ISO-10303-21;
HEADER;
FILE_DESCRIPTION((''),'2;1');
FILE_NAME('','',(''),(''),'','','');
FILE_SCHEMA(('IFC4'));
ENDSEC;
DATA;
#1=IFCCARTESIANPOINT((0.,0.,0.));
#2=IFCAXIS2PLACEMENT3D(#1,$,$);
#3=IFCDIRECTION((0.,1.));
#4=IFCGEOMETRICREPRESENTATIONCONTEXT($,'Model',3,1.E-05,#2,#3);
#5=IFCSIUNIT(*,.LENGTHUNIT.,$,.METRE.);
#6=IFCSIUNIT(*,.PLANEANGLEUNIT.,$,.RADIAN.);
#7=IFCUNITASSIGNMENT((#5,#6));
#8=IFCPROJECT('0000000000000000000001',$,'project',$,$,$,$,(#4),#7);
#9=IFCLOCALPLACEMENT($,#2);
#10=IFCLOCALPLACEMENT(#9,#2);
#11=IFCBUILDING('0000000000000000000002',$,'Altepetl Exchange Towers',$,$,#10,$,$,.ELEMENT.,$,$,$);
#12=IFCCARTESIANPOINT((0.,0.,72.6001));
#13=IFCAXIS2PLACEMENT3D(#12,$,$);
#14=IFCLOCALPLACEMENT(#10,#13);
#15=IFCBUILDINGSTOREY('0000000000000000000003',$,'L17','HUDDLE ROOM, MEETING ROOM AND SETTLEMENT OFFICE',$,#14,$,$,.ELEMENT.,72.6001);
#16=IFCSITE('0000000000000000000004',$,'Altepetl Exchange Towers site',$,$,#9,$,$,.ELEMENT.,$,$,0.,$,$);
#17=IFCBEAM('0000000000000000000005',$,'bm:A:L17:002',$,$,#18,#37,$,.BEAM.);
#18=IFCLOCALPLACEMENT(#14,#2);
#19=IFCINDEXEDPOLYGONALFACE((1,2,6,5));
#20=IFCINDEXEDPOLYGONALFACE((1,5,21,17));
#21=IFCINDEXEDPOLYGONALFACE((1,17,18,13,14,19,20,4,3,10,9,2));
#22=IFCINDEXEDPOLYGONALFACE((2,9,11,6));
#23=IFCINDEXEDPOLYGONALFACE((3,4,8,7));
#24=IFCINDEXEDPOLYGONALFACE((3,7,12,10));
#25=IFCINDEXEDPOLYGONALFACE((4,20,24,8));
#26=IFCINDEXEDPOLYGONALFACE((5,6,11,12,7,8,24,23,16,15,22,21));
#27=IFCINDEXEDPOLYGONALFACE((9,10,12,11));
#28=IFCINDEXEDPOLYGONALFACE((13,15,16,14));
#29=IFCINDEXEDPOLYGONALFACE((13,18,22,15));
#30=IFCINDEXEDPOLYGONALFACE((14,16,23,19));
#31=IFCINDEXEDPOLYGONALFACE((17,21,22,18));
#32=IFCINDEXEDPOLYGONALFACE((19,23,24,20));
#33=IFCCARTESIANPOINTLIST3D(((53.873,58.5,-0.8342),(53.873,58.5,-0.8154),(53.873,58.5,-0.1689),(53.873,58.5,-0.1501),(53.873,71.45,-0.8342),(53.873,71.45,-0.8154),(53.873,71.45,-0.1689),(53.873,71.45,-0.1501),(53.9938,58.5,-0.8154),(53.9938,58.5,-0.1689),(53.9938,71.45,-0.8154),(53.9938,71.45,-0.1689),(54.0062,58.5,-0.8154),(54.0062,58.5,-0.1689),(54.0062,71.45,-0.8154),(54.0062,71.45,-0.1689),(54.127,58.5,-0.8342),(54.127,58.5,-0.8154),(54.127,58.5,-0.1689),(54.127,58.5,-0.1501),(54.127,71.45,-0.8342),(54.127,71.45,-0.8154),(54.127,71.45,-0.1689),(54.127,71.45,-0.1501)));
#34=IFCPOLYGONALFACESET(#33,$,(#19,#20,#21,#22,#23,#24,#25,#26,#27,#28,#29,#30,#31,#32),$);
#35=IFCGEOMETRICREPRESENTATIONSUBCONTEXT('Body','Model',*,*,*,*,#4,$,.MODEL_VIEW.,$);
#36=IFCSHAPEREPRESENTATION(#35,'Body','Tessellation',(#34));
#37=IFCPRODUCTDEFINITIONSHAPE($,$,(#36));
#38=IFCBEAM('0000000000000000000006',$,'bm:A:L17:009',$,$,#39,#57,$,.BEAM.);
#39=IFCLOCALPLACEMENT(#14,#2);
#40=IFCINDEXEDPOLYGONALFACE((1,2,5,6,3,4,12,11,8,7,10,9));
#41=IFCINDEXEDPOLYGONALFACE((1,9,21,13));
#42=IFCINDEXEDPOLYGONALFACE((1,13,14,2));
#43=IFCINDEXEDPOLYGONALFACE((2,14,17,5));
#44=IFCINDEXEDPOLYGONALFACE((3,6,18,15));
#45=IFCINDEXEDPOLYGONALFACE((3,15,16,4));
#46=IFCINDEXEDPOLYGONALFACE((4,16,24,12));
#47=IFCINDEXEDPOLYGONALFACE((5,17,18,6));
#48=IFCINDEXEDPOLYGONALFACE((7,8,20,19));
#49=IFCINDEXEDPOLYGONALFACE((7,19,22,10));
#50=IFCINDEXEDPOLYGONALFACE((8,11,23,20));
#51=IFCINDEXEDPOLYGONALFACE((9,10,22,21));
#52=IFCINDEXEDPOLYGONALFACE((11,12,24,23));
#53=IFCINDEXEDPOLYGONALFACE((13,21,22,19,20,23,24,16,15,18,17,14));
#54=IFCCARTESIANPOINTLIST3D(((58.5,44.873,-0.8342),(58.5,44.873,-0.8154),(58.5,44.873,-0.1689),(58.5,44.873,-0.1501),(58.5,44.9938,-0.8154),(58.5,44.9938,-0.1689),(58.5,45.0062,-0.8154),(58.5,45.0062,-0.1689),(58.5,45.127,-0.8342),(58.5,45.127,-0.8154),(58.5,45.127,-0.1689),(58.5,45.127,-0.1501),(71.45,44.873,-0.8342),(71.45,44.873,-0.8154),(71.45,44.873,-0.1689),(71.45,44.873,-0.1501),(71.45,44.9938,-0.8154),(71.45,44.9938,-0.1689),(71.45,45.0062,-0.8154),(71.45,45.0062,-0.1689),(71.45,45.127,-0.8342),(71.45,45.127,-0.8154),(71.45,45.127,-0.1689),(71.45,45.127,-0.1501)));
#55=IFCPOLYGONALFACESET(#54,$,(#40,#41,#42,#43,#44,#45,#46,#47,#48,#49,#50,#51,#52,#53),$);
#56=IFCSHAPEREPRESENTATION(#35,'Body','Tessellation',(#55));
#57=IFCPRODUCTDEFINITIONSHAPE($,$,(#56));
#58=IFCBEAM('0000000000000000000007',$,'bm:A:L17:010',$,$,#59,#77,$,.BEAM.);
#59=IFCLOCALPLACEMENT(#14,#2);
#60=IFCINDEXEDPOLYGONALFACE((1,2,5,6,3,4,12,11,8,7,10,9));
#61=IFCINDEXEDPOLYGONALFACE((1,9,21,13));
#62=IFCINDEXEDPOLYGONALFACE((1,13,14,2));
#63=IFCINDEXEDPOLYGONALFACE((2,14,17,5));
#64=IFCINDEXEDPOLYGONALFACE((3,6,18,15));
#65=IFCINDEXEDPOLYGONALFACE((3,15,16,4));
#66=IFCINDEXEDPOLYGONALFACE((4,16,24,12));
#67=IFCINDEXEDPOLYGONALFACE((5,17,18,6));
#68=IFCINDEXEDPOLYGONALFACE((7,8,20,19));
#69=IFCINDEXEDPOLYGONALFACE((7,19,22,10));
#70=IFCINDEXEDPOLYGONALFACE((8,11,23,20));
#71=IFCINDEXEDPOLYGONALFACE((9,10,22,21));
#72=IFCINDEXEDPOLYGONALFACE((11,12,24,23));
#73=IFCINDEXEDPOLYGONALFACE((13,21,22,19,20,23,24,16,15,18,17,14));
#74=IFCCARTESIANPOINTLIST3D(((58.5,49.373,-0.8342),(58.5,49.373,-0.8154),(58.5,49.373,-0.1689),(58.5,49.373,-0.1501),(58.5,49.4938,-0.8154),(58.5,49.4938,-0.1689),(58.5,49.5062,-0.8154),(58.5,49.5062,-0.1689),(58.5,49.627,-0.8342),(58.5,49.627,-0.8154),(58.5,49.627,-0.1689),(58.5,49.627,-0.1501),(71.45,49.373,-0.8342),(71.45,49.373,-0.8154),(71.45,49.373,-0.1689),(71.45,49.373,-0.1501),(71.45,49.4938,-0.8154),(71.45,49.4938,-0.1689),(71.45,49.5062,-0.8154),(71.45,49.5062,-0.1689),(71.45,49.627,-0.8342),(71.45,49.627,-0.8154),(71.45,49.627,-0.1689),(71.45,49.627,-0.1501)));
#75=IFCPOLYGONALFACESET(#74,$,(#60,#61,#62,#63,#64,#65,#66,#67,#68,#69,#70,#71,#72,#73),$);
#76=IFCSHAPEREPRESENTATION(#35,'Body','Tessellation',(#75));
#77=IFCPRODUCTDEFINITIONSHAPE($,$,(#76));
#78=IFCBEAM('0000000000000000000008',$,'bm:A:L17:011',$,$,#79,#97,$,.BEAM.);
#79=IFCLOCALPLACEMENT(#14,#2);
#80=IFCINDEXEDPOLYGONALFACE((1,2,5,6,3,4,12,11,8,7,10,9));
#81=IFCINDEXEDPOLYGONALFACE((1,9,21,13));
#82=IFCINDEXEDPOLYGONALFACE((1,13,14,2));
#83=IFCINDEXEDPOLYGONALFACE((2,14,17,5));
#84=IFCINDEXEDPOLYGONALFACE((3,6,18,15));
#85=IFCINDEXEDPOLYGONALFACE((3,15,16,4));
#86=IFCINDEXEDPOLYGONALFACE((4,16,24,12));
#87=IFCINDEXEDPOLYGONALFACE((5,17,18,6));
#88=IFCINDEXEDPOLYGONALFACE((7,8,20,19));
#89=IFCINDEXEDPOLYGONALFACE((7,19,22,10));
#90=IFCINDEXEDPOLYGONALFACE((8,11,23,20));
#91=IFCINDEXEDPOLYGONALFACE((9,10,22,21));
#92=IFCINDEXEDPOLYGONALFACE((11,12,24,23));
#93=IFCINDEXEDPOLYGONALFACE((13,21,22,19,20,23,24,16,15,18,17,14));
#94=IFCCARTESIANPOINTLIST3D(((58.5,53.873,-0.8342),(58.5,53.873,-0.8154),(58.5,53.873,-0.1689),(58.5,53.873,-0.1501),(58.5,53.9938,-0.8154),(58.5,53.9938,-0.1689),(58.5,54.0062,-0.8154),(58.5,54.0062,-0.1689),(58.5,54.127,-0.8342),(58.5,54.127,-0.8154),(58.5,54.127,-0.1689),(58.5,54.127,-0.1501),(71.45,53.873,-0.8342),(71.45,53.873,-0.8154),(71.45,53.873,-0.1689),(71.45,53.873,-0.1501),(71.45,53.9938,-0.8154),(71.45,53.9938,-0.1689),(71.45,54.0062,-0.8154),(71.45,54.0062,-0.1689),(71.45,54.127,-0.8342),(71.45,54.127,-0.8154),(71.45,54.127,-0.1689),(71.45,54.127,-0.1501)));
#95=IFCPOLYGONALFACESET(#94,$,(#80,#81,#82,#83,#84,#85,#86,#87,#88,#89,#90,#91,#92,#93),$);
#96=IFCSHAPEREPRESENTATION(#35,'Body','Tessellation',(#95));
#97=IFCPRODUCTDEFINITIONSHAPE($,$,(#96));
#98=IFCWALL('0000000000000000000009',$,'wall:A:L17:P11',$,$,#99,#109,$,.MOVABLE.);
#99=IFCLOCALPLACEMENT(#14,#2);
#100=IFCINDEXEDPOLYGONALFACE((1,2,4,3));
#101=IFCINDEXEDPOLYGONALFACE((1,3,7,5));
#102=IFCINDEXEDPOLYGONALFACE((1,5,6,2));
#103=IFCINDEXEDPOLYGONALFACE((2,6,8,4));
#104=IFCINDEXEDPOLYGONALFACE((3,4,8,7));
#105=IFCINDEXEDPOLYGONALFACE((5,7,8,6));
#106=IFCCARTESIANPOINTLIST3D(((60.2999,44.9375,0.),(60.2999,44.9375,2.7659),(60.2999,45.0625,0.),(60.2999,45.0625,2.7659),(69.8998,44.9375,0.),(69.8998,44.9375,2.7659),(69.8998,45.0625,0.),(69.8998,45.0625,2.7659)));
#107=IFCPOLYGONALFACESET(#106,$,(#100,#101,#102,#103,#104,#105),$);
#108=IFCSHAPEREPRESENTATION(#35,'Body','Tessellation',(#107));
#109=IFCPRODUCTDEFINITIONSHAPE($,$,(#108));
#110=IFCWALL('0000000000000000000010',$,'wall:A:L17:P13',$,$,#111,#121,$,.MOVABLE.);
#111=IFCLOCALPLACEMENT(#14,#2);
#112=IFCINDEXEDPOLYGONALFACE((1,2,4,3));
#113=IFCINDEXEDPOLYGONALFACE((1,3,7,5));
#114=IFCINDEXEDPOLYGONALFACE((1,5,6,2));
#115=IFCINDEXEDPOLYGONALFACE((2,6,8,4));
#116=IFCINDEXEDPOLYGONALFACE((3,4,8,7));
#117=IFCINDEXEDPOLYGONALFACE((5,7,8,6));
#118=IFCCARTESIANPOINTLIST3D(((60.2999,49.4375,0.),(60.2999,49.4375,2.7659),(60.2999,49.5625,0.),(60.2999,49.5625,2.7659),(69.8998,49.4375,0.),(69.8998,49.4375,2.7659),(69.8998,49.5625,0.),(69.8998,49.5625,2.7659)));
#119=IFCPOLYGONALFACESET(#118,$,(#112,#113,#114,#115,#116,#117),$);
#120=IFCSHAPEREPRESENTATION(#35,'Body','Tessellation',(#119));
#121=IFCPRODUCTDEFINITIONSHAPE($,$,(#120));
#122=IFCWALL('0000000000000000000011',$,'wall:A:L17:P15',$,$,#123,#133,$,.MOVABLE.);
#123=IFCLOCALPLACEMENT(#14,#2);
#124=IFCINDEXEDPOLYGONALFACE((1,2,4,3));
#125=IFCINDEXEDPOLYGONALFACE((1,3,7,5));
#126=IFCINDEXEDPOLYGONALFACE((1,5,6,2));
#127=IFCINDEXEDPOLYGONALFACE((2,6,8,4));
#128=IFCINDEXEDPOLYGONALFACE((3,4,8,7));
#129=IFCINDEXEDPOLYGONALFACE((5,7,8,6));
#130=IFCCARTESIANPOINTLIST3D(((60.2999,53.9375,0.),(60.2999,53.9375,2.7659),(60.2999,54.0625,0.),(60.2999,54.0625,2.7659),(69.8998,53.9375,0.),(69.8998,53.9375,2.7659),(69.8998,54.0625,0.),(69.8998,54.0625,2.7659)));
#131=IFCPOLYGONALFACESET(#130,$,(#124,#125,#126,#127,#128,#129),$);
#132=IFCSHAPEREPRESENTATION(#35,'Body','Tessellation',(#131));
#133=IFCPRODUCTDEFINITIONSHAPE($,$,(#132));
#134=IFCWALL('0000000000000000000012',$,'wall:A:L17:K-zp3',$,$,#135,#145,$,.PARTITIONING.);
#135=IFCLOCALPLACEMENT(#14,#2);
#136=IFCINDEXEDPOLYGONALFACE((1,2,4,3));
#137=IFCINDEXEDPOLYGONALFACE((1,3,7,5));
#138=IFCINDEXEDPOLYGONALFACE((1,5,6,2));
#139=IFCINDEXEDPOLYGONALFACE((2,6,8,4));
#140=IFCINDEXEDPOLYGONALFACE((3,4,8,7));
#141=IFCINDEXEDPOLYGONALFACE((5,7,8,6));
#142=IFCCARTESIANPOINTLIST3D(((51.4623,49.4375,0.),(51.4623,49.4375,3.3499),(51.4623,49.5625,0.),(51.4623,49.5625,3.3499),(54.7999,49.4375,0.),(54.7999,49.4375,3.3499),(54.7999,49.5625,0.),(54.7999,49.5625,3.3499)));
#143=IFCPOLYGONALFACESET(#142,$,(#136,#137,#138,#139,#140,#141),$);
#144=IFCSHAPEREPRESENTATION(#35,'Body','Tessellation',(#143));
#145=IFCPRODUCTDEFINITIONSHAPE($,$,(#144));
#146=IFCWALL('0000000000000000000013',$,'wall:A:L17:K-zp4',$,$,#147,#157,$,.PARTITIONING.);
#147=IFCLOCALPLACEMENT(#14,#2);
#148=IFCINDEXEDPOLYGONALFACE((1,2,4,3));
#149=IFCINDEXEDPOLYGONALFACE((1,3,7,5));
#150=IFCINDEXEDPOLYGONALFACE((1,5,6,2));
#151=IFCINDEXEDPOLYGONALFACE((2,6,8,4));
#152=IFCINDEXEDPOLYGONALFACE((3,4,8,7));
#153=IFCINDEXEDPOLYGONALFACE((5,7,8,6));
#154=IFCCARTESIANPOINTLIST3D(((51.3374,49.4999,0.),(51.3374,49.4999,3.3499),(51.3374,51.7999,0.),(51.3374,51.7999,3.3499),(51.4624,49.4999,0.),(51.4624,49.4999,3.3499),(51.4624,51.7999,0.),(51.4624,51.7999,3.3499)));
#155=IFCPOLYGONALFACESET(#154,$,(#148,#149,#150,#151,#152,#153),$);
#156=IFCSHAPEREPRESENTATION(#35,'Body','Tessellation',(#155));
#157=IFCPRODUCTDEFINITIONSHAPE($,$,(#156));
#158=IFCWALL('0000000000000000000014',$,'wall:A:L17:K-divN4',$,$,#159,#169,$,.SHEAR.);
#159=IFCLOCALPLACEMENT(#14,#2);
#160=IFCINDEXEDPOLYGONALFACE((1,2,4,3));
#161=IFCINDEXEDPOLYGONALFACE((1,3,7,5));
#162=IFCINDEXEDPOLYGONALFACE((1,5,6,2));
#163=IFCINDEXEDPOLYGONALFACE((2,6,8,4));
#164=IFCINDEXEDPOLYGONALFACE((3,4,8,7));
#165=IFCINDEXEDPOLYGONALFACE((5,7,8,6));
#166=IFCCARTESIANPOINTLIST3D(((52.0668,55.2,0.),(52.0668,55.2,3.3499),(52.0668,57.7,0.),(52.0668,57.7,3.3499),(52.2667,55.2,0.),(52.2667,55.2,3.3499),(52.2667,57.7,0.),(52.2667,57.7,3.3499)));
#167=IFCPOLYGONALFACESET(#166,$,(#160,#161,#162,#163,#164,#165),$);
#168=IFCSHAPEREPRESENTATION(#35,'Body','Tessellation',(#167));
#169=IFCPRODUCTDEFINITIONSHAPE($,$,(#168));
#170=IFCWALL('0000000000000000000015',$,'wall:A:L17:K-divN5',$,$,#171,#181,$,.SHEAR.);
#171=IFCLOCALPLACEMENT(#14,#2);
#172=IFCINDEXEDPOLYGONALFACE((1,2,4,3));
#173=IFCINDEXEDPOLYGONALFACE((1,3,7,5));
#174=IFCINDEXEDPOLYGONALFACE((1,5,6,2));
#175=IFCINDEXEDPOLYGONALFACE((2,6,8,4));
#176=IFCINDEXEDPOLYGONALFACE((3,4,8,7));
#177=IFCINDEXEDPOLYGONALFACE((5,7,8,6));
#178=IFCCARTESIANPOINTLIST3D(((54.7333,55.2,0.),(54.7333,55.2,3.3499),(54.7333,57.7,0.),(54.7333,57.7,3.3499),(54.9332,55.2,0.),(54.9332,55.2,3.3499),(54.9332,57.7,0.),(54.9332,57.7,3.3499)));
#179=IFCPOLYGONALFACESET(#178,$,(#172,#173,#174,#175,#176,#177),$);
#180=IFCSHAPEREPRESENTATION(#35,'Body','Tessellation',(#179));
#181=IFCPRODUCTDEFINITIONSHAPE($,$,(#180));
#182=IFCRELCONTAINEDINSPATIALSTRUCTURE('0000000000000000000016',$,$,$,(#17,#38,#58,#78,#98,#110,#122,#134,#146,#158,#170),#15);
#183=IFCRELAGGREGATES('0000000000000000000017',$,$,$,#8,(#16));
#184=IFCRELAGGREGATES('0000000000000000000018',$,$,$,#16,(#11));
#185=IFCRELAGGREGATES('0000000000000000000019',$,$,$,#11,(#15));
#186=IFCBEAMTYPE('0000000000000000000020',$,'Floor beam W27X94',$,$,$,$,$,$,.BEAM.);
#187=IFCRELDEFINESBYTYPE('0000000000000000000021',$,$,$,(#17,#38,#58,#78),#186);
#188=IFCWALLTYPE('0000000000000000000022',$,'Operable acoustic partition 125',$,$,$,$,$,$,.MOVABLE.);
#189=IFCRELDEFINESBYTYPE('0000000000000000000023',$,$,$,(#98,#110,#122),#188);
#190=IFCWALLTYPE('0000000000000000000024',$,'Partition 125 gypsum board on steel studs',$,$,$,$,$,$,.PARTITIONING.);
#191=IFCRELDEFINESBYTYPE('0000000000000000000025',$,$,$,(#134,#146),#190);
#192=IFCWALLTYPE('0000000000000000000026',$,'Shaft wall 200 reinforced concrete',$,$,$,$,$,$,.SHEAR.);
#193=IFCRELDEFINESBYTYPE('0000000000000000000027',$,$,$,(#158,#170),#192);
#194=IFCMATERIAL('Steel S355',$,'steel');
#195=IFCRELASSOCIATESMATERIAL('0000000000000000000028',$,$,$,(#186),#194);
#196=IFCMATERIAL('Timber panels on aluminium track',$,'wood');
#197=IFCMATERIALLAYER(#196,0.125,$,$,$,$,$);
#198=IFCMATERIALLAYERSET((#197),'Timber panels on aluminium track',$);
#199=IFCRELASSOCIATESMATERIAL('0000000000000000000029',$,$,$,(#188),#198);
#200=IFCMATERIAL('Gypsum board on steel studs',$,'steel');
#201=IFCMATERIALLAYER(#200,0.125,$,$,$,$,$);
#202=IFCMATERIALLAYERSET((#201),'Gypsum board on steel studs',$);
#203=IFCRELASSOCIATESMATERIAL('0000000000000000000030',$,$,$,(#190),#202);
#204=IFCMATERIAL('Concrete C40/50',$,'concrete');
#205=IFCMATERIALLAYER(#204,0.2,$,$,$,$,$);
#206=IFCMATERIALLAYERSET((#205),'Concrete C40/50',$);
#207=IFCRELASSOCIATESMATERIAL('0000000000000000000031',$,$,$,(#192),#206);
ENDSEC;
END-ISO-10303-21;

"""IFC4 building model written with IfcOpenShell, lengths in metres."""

from ifc_helpers import new_model, si_unit, direction, frame, frame_2d, origin, origin_2d, place, context, subcontext, project, spatial, rectangle, i_section, extrude, material, layer, layer_set, material_profile, profile_set, type_object, element, save


model = new_model("IFC4")

# Units and contexts
model_context = context("Model", 3, precision=1e-05, world=origin(), true_north=direction((0.0, 1.0)))
body_context = subcontext(model_context, "Body", "Model", "MODEL_VIEW")
ifc_project = project(units=[si_unit("LENGTHUNIT", "METRE"), si_unit("PLANEANGLEUNIT", "RADIAN")], contexts=[model_context])

# Site, building, storey
site_placement = place(None, origin())
site = spatial("IfcSite", under=ifc_project, at=site_placement, Name="Altepetl Exchange Towers site", CompositionType="ELEMENT", RefElevation=0.0)
building_placement = place(site_placement, origin())
building = spatial("IfcBuilding", under=site, at=building_placement, Name="Altepetl Exchange Towers", CompositionType="ELEMENT")
storey_placement = place(building_placement, frame((0.0, 0.0, 72.6001)))
storey = spatial("IfcBuildingStorey", under=building, at=storey_placement, Name="L17", Description="HUDDLE ROOM, MEETING ROOM AND SETTLEMENT OFFICE", CompositionType="ELEMENT", Elevation=72.6001)

# Beams
ifc_material_1 = material(Name="Steel S355", Category="steel")
ifc_material_profile = material_profile(ifc_material_1, i_section(OverallWidth=0.2539, OverallDepth=0.6841, WebThickness=0.0125, FlangeThickness=0.0188, at=origin_2d()), Name="W27X94")
ifc_profile_set = profile_set([ifc_material_profile], Name="Steel S355")
beam_type = type_object("IfcBeamType", Name="Floor beam W27X94", PredefinedType="BEAM", material=ifc_profile_set)
for number, where, z_axis, x_axis, name in (
    (1, (54.0, 58.5, -0.4922), (0.0, 1.0, 0.0), (-1.0, 0.0, 0.0), "bm:A:L17:002"),
    (2, (58.5, 45.0, -0.4922), (1.0, 0.0, 0.0), (0.0, 1.0, 0.0), "bm:A:L17:009"),
    (3, (58.5, 49.5, -0.4922), (1.0, 0.0, 0.0), (0.0, 1.0, 0.0), "bm:A:L17:010"),
    (4, (58.5, 54.0, -0.4922), (1.0, 0.0, 0.0), (0.0, 1.0, 0.0), "bm:A:L17:011"),
):
    element("IfcBeam", number, at=place(storey_placement, frame(where, z_axis=z_axis, x_axis=x_axis)), inside=storey, type_object=beam_type, Name=name, PredefinedType="BEAM", context=body_context, shape_type="SweptSolid", body=[
        extrude(i_section(OverallWidth=0.2539, OverallDepth=0.6841, WebThickness=0.0125, FlangeThickness=0.0188, at=origin_2d()), origin(), (0.0, 0.0, 1.0), 12.95),
    ])

# Walls
ifc_material_2 = material(Name="Timber panels on aluminium track", Category="wood")
ifc_layer_1 = layer(ifc_material_2, 0.125)
ifc_layer_set_1 = layer_set([ifc_layer_1], Name="Timber panels on aluminium track")
wall_type_1 = type_object("IfcWallType", Name="Operable acoustic partition 125", PredefinedType="MOVABLE", material=ifc_layer_set_1)
for number, where, name in (
    (5, (60.3, 45.0, 0.0), "wall:A:L17:P11"),
    (6, (60.3, 49.5, 0.0), "wall:A:L17:P13"),
    (7, (60.3, 54.0, 0.0), "wall:A:L17:P15"),
):
    element("IfcWall", number, at=place(storey_placement, frame(where)), inside=storey, type_object=wall_type_1, Name=name, PredefinedType="MOVABLE", context=body_context, shape_type="SweptSolid", body=[
        extrude(rectangle(XDim=9.5999, YDim=0.125, at=frame_2d((4.7998, 0.0))), origin(), (0.0, 0.0, 1.0), 2.7659),
    ])
ifc_material_3 = material(Name="Gypsum board on steel studs", Category="steel")
ifc_layer_2 = layer(ifc_material_3, 0.125)
ifc_layer_set_2 = layer_set([ifc_layer_2], Name="Gypsum board on steel studs")
wall_type_2 = type_object("IfcWallType", Name="Partition 125 gypsum board on steel studs", PredefinedType="PARTITIONING", material=ifc_layer_set_2)
wall_1_placement = place(storey_placement, frame((54.8, 49.5, 0.0), z_axis=(0.0, 0.0, 1.0), x_axis=(-1.0, 0.0, 0.0)))
element("IfcWall", 8, at=wall_1_placement, inside=storey, type_object=wall_type_2, Name="wall:A:L17:K-zp3", PredefinedType="PARTITIONING", context=body_context, shape_type="SweptSolid", body=[
    extrude(rectangle(XDim=3.3376, YDim=0.125, at=frame_2d((1.6689, 0.0))), origin(), (0.0, 0.0, 1.0), 3.3499),
])
wall_2_placement = place(storey_placement, frame((51.3999, 49.5, 0.0), z_axis=(0.0, 0.0, 1.0), x_axis=(0.0, 1.0, 0.0)))
element("IfcWall", 9, at=wall_2_placement, inside=storey, type_object=wall_type_2, Name="wall:A:L17:K-zp4", PredefinedType="PARTITIONING", context=body_context, shape_type="SweptSolid", body=[
    extrude(rectangle(XDim=2.3, YDim=0.125, at=frame_2d((1.1499, 0.0))), origin(), (0.0, 0.0, 1.0), 3.3499),
])
ifc_material_4 = material(Name="Concrete C40/50", Category="concrete")
ifc_layer_3 = layer(ifc_material_4, 0.2)
ifc_layer_set_3 = layer_set([ifc_layer_3], Name="Concrete C40/50")
wall_type_3 = type_object("IfcWallType", Name="Shaft wall 200 reinforced concrete", PredefinedType="SHEAR", material=ifc_layer_set_3)
for number, where, z_axis, x_axis, name in (
    (10, (52.1667, 57.7, 0.0), (0.0, 0.0, 1.0), (0.0, -1.0, 0.0), "wall:A:L17:K-divN4"),
    (11, (54.8333, 57.7, 0.0), (0.0, 0.0, 1.0), (0.0, -1.0, 0.0), "wall:A:L17:K-divN5"),
):
    element("IfcWall", number, at=place(storey_placement, frame(where, z_axis=z_axis, x_axis=x_axis)), inside=storey, type_object=wall_type_3, Name=name, PredefinedType="SHEAR", context=body_context, shape_type="SweptSolid", body=[
        extrude(rectangle(XDim=2.5, YDim=0.2, at=frame_2d((1.25, 0.0))), origin(), (0.0, 0.0, 1.0), 3.3499),
    ])

save(model, "model.ifc")
